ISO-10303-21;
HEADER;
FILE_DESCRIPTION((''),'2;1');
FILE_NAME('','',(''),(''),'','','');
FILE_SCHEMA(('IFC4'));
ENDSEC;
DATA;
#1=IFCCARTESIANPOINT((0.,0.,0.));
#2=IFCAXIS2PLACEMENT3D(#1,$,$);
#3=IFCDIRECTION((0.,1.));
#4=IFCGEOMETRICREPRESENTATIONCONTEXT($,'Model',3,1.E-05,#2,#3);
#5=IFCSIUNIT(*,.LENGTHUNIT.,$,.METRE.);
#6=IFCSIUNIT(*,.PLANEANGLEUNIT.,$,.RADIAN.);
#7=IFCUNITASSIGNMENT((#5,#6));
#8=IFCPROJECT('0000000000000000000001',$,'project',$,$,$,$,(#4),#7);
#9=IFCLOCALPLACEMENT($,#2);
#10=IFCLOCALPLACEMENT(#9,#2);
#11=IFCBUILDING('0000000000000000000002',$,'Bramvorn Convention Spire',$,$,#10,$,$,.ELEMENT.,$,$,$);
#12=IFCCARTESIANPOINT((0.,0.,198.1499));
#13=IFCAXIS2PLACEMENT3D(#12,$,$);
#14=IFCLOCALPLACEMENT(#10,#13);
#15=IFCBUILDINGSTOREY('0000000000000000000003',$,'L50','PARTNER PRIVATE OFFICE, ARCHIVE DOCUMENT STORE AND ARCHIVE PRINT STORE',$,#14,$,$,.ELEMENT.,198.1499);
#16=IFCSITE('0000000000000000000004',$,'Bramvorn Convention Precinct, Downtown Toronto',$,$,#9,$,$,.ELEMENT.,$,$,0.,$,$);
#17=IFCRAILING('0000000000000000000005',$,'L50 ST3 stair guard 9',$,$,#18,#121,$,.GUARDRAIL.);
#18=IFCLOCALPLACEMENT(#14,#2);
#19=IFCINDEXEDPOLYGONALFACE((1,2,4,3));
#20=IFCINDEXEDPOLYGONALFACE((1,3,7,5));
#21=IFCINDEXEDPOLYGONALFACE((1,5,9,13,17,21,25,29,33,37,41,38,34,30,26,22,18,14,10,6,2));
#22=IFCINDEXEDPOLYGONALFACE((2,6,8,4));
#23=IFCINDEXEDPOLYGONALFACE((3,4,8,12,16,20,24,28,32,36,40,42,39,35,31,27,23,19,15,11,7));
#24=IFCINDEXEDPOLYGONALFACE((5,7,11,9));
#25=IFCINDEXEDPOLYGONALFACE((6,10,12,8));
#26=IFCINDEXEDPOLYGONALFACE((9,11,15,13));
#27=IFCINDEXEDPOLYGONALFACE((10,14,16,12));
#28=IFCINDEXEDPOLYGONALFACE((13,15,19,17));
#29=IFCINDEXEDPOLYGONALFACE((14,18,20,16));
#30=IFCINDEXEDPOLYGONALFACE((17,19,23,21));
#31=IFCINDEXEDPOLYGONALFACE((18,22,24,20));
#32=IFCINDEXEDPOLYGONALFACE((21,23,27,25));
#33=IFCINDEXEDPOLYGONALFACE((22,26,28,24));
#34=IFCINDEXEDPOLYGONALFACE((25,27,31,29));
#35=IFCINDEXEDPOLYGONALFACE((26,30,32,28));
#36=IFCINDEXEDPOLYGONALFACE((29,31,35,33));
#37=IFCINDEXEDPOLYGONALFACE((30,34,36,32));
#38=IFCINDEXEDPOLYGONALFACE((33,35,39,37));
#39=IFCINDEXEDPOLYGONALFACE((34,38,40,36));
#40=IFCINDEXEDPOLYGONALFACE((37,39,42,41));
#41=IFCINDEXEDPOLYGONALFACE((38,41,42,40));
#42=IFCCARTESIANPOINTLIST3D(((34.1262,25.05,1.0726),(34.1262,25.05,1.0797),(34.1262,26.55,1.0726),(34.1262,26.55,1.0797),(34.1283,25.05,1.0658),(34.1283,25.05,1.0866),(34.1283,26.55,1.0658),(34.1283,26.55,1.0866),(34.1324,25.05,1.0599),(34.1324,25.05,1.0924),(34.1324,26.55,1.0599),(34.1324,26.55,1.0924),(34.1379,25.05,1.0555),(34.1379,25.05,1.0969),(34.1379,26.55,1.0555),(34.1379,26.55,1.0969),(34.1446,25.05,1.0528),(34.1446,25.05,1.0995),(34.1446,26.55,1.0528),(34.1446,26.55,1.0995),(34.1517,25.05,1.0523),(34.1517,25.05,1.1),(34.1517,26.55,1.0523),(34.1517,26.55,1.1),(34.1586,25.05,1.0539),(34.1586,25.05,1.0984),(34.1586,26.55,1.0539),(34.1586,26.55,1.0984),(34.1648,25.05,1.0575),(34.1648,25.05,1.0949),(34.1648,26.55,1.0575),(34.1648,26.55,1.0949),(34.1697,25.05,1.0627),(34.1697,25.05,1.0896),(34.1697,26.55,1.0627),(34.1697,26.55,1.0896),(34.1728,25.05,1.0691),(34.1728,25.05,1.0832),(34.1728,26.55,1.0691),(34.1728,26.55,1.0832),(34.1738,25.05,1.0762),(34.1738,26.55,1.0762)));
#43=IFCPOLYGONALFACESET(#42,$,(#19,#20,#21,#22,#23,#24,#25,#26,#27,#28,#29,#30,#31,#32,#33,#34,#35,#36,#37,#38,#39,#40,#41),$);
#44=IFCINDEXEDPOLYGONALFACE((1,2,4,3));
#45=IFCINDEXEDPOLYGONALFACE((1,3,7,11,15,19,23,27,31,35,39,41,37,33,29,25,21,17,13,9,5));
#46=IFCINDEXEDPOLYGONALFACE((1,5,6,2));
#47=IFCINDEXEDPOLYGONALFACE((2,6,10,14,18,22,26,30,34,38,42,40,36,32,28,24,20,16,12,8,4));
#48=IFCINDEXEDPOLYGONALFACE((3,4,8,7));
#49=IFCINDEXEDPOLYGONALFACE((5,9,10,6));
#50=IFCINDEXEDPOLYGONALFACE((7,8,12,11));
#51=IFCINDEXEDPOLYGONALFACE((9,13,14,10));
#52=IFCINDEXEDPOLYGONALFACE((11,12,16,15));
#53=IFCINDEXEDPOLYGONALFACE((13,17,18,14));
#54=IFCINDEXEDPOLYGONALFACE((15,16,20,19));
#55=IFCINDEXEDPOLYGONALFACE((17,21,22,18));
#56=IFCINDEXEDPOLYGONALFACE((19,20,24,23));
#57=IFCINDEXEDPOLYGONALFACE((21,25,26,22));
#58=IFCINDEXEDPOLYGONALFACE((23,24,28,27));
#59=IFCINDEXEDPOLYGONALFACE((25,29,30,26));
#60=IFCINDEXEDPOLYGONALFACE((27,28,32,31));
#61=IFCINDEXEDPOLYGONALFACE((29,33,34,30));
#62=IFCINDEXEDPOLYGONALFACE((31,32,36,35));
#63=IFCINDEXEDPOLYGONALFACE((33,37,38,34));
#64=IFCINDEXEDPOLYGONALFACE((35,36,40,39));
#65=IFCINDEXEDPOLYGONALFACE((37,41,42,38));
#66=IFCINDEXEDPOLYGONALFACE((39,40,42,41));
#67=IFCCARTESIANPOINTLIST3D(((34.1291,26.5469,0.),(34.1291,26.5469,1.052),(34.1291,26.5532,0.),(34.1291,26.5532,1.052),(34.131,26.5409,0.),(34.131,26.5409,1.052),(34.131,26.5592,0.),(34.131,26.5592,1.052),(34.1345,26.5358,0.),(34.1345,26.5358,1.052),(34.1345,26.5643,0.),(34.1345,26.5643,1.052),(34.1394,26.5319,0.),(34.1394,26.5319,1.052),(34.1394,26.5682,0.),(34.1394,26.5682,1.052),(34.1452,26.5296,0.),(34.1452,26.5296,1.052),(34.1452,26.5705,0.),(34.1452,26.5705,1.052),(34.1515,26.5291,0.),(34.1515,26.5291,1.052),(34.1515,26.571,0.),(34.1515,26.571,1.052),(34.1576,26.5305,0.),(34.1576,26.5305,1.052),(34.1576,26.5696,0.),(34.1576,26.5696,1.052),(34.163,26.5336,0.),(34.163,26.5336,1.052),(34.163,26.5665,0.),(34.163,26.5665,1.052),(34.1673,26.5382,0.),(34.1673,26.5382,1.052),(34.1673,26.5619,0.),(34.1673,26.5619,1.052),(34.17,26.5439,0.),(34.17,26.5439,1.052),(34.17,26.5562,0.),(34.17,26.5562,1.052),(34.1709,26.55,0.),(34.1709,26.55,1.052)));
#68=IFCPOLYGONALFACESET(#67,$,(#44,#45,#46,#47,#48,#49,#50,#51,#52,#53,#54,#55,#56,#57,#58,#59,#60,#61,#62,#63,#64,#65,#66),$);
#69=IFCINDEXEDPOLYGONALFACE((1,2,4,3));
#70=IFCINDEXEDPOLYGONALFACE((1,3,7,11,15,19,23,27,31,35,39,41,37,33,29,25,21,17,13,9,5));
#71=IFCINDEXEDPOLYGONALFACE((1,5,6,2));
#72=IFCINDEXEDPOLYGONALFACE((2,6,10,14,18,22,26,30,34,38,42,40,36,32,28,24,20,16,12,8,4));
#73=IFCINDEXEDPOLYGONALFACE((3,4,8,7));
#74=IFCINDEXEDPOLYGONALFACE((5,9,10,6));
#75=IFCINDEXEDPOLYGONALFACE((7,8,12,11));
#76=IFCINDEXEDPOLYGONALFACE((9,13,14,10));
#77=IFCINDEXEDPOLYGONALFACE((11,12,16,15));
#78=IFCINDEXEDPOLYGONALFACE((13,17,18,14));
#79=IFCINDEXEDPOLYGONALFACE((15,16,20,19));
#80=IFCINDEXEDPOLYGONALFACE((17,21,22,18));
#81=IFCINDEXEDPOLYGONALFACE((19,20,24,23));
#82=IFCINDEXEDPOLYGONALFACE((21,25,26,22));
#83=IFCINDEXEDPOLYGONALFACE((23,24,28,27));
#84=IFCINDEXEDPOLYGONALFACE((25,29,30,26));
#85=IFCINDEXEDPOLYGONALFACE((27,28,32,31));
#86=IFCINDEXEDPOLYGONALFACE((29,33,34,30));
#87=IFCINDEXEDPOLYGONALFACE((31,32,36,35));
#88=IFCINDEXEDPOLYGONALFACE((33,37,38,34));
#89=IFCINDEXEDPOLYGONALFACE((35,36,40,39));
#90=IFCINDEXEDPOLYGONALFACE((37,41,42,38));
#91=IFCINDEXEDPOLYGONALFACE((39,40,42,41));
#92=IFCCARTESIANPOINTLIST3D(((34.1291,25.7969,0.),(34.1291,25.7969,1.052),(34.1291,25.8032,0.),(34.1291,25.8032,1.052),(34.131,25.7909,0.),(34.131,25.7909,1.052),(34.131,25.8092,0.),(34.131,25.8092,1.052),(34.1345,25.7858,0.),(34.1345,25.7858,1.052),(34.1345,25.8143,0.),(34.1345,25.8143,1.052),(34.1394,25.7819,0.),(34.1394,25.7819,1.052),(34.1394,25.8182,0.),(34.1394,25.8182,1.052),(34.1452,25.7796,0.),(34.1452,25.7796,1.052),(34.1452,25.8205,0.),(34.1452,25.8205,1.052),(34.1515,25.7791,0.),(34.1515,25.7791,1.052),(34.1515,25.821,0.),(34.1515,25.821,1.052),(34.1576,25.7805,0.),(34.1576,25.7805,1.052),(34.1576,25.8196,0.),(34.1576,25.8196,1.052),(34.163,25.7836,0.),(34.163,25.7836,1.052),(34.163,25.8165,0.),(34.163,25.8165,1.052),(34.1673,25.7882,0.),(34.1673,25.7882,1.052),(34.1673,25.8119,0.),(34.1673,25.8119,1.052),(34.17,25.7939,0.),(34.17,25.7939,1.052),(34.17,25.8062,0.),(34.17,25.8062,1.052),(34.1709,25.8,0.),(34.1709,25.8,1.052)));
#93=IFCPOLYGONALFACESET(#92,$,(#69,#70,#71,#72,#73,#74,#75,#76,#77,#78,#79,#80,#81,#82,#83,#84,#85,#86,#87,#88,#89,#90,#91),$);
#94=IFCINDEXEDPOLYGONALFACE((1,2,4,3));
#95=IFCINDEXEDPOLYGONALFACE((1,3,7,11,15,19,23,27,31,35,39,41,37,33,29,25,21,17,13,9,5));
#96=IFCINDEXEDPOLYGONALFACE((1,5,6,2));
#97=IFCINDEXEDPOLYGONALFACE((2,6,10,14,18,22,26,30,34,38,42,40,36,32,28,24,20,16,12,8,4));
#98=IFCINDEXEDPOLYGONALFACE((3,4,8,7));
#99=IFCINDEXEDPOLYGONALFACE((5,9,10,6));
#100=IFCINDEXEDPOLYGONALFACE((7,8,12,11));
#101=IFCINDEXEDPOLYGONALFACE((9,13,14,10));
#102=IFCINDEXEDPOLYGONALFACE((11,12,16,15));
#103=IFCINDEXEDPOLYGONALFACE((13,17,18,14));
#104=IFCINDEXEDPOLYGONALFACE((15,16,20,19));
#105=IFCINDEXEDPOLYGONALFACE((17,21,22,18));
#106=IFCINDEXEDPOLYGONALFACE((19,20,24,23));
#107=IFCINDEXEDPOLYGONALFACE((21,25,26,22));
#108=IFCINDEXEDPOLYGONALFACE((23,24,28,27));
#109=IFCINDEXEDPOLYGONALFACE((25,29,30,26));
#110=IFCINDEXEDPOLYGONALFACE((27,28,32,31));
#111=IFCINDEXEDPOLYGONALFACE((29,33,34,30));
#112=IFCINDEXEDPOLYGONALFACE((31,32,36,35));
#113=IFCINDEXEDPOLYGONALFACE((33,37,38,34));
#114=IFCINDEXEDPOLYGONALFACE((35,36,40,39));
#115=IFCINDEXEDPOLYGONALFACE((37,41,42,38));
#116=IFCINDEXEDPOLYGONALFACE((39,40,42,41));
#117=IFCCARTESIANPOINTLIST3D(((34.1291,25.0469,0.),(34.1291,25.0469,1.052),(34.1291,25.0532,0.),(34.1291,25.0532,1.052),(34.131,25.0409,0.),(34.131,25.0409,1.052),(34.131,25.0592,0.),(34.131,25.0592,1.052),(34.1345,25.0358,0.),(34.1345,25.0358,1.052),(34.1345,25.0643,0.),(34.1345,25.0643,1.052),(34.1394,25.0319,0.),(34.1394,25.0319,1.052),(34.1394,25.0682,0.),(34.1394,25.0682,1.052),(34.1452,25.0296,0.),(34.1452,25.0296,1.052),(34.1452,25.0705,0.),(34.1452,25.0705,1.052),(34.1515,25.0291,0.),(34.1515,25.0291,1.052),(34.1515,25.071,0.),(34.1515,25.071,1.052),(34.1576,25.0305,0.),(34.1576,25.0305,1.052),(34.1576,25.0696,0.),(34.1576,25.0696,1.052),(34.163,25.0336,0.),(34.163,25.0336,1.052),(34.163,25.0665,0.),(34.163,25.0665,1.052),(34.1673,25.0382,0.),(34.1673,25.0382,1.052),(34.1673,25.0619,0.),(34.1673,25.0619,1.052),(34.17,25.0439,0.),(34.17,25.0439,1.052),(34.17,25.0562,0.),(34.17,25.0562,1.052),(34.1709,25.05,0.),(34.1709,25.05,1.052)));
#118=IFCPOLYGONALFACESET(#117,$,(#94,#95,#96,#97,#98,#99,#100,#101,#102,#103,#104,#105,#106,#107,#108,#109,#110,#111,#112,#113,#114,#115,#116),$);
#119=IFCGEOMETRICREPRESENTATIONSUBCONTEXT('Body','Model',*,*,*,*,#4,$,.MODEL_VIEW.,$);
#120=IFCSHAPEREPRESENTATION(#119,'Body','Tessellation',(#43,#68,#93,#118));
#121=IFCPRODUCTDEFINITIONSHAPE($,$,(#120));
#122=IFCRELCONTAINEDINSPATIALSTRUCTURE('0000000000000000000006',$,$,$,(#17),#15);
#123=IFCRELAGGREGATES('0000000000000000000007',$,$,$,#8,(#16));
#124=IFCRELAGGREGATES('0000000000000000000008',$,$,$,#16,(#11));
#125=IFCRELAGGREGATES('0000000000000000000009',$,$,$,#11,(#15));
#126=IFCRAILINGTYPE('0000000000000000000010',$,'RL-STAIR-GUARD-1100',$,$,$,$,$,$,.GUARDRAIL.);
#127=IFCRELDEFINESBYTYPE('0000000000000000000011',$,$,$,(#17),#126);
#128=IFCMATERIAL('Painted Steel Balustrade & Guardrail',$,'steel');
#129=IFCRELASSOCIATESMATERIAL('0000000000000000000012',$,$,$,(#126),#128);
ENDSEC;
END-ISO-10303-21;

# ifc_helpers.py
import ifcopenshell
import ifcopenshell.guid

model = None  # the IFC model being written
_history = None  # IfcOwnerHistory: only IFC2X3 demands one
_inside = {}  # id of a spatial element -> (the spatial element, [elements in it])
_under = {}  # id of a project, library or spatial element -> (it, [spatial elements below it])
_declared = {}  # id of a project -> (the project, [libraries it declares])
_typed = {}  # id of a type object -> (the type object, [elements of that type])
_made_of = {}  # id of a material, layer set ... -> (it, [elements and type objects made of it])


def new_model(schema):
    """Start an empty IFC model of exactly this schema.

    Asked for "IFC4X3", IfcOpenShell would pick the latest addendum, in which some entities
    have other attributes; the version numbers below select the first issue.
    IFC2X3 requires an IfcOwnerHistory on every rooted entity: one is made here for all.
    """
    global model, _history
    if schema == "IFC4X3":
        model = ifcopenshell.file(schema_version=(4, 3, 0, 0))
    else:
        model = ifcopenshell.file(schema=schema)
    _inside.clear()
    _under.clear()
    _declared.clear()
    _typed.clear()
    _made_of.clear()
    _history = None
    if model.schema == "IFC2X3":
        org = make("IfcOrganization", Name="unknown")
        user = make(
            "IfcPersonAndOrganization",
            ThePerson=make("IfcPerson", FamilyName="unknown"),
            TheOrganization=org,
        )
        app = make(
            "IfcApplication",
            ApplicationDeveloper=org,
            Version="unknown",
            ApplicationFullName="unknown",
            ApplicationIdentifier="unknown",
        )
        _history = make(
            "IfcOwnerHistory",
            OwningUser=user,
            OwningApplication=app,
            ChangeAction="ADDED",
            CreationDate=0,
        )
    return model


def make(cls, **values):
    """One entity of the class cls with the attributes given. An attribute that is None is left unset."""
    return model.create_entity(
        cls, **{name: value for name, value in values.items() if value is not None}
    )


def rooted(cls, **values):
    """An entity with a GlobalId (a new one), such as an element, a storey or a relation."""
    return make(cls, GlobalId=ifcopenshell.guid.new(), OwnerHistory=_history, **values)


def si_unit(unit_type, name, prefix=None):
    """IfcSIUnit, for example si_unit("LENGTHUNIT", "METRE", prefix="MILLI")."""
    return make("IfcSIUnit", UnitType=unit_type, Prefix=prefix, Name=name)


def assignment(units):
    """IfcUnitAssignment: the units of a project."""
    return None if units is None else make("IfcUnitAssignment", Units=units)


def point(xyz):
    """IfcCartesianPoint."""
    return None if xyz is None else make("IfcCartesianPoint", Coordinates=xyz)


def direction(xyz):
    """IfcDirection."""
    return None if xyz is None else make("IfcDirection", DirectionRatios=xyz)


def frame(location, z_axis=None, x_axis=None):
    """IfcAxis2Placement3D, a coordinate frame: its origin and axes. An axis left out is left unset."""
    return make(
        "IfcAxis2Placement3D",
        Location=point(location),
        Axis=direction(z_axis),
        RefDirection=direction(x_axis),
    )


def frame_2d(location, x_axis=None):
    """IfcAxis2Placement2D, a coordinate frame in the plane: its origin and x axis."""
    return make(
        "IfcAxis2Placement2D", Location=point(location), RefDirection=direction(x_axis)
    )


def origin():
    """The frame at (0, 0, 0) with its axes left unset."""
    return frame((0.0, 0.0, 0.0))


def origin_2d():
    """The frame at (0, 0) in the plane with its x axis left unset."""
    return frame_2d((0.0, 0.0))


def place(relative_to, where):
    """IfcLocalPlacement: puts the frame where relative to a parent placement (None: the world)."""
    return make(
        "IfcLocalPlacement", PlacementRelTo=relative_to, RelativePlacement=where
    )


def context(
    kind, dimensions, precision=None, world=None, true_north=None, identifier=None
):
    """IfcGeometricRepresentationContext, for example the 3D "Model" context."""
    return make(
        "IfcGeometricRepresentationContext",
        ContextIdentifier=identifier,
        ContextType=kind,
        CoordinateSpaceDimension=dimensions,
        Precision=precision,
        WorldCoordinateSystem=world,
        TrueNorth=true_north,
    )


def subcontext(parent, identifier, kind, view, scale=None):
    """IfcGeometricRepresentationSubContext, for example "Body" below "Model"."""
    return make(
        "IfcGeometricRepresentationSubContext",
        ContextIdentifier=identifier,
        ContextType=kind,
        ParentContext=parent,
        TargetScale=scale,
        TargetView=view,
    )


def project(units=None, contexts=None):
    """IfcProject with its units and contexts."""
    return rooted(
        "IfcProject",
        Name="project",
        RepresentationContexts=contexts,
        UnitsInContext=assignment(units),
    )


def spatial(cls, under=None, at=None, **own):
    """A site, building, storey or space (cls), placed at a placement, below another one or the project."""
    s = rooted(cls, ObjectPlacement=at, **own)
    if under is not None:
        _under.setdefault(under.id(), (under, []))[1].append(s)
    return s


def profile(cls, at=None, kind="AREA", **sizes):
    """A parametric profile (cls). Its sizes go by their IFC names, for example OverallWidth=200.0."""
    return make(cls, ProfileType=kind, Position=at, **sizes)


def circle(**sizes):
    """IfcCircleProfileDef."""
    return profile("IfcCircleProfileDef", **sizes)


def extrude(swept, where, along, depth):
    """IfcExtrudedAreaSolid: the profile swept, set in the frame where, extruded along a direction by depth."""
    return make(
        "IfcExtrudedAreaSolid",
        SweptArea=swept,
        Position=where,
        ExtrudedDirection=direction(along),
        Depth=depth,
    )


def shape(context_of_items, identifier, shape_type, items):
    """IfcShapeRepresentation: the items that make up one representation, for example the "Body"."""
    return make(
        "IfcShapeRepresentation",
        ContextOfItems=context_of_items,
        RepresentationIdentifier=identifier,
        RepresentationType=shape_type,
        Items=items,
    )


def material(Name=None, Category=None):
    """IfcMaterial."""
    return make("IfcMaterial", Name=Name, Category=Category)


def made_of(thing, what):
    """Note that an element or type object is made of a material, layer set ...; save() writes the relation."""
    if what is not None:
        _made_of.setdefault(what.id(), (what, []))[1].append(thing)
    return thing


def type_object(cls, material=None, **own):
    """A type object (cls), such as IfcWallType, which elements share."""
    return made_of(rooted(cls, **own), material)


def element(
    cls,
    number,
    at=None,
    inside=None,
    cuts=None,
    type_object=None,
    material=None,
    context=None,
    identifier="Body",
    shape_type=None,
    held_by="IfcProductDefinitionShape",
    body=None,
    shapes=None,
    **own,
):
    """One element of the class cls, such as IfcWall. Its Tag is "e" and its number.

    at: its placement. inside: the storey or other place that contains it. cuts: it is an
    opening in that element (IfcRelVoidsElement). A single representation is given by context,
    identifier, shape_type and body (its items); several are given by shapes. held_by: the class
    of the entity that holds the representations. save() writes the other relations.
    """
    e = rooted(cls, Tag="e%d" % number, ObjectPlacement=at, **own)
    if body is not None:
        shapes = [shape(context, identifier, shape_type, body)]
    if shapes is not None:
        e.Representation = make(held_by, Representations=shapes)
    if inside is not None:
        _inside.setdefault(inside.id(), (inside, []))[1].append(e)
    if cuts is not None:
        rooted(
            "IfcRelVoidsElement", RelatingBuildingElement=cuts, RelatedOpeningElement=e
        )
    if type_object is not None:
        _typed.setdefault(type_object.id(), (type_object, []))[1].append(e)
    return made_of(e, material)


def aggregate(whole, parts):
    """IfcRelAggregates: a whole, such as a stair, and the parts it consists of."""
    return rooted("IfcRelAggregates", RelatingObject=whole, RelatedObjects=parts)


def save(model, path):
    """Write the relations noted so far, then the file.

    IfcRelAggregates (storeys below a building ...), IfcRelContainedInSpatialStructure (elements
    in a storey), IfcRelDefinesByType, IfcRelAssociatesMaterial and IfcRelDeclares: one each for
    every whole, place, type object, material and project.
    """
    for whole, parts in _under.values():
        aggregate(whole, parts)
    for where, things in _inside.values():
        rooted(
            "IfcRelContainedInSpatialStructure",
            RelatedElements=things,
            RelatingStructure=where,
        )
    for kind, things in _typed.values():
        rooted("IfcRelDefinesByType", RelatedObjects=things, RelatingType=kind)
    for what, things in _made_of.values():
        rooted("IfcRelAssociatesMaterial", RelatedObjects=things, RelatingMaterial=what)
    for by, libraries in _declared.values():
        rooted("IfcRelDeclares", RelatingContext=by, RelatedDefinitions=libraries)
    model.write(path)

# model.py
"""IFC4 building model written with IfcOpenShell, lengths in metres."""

from ifc_helpers import new_model, si_unit, direction, frame, origin, origin_2d, place, context, subcontext, project, spatial, circle, extrude, material, type_object, element, save


model = new_model("IFC4")

# Units and contexts
model_context = context("Model", 3, precision=1e-05, world=origin(), true_north=direction((0.0, 1.0)))
body_context = subcontext(model_context, "Body", "Model", "MODEL_VIEW")
ifc_project = project(units=[si_unit("LENGTHUNIT", "METRE"), si_unit("PLANEANGLEUNIT", "RADIAN")], contexts=[model_context])

# Site, building, storey
site_placement = place(None, origin())
site = spatial("IfcSite", under=ifc_project, at=site_placement, Name="Bramvorn Convention Precinct, Downtown Toronto", CompositionType="ELEMENT", RefElevation=0.0)
building_placement = place(site_placement, origin())
building = spatial("IfcBuilding", under=site, at=building_placement, Name="Bramvorn Convention Spire", CompositionType="ELEMENT")
storey_placement = place(building_placement, frame((0.0, 0.0, 198.1499)))
storey = spatial("IfcBuildingStorey", under=building, at=storey_placement, Name="L50", Description="PARTNER PRIVATE OFFICE, ARCHIVE DOCUMENT STORE AND ARCHIVE PRINT STORE", CompositionType="ELEMENT", Elevation=198.1499)

# Railing
ifc_material_1 = material(Name="Painted Steel Balustrade & Guardrail", Category="steel")
railing_type_1 = type_object("IfcRailingType", Name="RL-STAIR-GUARD-1100", PredefinedType="GUARDRAIL", material=ifc_material_1)
railing_1_placement = place(storey_placement, frame((34.1499, 26.55, 0.0)))
element("IfcRailing", 1, at=railing_1_placement, inside=storey, type_object=railing_type_1, Name="L50 ST3 stair guard 9", PredefinedType="GUARDRAIL", context=body_context, shape_type="SweptSolid", body=[
    extrude(circle(Radius=0.0239, at=origin_2d()), frame((0.0, 0.0, 1.0762), z_axis=(0.0, -1.0, 0.0), x_axis=(1.0, 0.0, 0.0)), (0.0, 0.0, 1.0), 1.5),
    extrude(circle(Radius=0.021, at=origin_2d()), origin(), (0.0, 0.0, 1.0), 1.052),
    extrude(circle(Radius=0.021, at=origin_2d()), frame((0.0, -0.75, 0.0)), (0.0, 0.0, 1.0), 1.052),
    extrude(circle(Radius=0.021, at=origin_2d()), frame((0.0, -1.5, 0.0)), (0.0, 0.0, 1.0), 1.052),
])

save(model, "model.ifc")
